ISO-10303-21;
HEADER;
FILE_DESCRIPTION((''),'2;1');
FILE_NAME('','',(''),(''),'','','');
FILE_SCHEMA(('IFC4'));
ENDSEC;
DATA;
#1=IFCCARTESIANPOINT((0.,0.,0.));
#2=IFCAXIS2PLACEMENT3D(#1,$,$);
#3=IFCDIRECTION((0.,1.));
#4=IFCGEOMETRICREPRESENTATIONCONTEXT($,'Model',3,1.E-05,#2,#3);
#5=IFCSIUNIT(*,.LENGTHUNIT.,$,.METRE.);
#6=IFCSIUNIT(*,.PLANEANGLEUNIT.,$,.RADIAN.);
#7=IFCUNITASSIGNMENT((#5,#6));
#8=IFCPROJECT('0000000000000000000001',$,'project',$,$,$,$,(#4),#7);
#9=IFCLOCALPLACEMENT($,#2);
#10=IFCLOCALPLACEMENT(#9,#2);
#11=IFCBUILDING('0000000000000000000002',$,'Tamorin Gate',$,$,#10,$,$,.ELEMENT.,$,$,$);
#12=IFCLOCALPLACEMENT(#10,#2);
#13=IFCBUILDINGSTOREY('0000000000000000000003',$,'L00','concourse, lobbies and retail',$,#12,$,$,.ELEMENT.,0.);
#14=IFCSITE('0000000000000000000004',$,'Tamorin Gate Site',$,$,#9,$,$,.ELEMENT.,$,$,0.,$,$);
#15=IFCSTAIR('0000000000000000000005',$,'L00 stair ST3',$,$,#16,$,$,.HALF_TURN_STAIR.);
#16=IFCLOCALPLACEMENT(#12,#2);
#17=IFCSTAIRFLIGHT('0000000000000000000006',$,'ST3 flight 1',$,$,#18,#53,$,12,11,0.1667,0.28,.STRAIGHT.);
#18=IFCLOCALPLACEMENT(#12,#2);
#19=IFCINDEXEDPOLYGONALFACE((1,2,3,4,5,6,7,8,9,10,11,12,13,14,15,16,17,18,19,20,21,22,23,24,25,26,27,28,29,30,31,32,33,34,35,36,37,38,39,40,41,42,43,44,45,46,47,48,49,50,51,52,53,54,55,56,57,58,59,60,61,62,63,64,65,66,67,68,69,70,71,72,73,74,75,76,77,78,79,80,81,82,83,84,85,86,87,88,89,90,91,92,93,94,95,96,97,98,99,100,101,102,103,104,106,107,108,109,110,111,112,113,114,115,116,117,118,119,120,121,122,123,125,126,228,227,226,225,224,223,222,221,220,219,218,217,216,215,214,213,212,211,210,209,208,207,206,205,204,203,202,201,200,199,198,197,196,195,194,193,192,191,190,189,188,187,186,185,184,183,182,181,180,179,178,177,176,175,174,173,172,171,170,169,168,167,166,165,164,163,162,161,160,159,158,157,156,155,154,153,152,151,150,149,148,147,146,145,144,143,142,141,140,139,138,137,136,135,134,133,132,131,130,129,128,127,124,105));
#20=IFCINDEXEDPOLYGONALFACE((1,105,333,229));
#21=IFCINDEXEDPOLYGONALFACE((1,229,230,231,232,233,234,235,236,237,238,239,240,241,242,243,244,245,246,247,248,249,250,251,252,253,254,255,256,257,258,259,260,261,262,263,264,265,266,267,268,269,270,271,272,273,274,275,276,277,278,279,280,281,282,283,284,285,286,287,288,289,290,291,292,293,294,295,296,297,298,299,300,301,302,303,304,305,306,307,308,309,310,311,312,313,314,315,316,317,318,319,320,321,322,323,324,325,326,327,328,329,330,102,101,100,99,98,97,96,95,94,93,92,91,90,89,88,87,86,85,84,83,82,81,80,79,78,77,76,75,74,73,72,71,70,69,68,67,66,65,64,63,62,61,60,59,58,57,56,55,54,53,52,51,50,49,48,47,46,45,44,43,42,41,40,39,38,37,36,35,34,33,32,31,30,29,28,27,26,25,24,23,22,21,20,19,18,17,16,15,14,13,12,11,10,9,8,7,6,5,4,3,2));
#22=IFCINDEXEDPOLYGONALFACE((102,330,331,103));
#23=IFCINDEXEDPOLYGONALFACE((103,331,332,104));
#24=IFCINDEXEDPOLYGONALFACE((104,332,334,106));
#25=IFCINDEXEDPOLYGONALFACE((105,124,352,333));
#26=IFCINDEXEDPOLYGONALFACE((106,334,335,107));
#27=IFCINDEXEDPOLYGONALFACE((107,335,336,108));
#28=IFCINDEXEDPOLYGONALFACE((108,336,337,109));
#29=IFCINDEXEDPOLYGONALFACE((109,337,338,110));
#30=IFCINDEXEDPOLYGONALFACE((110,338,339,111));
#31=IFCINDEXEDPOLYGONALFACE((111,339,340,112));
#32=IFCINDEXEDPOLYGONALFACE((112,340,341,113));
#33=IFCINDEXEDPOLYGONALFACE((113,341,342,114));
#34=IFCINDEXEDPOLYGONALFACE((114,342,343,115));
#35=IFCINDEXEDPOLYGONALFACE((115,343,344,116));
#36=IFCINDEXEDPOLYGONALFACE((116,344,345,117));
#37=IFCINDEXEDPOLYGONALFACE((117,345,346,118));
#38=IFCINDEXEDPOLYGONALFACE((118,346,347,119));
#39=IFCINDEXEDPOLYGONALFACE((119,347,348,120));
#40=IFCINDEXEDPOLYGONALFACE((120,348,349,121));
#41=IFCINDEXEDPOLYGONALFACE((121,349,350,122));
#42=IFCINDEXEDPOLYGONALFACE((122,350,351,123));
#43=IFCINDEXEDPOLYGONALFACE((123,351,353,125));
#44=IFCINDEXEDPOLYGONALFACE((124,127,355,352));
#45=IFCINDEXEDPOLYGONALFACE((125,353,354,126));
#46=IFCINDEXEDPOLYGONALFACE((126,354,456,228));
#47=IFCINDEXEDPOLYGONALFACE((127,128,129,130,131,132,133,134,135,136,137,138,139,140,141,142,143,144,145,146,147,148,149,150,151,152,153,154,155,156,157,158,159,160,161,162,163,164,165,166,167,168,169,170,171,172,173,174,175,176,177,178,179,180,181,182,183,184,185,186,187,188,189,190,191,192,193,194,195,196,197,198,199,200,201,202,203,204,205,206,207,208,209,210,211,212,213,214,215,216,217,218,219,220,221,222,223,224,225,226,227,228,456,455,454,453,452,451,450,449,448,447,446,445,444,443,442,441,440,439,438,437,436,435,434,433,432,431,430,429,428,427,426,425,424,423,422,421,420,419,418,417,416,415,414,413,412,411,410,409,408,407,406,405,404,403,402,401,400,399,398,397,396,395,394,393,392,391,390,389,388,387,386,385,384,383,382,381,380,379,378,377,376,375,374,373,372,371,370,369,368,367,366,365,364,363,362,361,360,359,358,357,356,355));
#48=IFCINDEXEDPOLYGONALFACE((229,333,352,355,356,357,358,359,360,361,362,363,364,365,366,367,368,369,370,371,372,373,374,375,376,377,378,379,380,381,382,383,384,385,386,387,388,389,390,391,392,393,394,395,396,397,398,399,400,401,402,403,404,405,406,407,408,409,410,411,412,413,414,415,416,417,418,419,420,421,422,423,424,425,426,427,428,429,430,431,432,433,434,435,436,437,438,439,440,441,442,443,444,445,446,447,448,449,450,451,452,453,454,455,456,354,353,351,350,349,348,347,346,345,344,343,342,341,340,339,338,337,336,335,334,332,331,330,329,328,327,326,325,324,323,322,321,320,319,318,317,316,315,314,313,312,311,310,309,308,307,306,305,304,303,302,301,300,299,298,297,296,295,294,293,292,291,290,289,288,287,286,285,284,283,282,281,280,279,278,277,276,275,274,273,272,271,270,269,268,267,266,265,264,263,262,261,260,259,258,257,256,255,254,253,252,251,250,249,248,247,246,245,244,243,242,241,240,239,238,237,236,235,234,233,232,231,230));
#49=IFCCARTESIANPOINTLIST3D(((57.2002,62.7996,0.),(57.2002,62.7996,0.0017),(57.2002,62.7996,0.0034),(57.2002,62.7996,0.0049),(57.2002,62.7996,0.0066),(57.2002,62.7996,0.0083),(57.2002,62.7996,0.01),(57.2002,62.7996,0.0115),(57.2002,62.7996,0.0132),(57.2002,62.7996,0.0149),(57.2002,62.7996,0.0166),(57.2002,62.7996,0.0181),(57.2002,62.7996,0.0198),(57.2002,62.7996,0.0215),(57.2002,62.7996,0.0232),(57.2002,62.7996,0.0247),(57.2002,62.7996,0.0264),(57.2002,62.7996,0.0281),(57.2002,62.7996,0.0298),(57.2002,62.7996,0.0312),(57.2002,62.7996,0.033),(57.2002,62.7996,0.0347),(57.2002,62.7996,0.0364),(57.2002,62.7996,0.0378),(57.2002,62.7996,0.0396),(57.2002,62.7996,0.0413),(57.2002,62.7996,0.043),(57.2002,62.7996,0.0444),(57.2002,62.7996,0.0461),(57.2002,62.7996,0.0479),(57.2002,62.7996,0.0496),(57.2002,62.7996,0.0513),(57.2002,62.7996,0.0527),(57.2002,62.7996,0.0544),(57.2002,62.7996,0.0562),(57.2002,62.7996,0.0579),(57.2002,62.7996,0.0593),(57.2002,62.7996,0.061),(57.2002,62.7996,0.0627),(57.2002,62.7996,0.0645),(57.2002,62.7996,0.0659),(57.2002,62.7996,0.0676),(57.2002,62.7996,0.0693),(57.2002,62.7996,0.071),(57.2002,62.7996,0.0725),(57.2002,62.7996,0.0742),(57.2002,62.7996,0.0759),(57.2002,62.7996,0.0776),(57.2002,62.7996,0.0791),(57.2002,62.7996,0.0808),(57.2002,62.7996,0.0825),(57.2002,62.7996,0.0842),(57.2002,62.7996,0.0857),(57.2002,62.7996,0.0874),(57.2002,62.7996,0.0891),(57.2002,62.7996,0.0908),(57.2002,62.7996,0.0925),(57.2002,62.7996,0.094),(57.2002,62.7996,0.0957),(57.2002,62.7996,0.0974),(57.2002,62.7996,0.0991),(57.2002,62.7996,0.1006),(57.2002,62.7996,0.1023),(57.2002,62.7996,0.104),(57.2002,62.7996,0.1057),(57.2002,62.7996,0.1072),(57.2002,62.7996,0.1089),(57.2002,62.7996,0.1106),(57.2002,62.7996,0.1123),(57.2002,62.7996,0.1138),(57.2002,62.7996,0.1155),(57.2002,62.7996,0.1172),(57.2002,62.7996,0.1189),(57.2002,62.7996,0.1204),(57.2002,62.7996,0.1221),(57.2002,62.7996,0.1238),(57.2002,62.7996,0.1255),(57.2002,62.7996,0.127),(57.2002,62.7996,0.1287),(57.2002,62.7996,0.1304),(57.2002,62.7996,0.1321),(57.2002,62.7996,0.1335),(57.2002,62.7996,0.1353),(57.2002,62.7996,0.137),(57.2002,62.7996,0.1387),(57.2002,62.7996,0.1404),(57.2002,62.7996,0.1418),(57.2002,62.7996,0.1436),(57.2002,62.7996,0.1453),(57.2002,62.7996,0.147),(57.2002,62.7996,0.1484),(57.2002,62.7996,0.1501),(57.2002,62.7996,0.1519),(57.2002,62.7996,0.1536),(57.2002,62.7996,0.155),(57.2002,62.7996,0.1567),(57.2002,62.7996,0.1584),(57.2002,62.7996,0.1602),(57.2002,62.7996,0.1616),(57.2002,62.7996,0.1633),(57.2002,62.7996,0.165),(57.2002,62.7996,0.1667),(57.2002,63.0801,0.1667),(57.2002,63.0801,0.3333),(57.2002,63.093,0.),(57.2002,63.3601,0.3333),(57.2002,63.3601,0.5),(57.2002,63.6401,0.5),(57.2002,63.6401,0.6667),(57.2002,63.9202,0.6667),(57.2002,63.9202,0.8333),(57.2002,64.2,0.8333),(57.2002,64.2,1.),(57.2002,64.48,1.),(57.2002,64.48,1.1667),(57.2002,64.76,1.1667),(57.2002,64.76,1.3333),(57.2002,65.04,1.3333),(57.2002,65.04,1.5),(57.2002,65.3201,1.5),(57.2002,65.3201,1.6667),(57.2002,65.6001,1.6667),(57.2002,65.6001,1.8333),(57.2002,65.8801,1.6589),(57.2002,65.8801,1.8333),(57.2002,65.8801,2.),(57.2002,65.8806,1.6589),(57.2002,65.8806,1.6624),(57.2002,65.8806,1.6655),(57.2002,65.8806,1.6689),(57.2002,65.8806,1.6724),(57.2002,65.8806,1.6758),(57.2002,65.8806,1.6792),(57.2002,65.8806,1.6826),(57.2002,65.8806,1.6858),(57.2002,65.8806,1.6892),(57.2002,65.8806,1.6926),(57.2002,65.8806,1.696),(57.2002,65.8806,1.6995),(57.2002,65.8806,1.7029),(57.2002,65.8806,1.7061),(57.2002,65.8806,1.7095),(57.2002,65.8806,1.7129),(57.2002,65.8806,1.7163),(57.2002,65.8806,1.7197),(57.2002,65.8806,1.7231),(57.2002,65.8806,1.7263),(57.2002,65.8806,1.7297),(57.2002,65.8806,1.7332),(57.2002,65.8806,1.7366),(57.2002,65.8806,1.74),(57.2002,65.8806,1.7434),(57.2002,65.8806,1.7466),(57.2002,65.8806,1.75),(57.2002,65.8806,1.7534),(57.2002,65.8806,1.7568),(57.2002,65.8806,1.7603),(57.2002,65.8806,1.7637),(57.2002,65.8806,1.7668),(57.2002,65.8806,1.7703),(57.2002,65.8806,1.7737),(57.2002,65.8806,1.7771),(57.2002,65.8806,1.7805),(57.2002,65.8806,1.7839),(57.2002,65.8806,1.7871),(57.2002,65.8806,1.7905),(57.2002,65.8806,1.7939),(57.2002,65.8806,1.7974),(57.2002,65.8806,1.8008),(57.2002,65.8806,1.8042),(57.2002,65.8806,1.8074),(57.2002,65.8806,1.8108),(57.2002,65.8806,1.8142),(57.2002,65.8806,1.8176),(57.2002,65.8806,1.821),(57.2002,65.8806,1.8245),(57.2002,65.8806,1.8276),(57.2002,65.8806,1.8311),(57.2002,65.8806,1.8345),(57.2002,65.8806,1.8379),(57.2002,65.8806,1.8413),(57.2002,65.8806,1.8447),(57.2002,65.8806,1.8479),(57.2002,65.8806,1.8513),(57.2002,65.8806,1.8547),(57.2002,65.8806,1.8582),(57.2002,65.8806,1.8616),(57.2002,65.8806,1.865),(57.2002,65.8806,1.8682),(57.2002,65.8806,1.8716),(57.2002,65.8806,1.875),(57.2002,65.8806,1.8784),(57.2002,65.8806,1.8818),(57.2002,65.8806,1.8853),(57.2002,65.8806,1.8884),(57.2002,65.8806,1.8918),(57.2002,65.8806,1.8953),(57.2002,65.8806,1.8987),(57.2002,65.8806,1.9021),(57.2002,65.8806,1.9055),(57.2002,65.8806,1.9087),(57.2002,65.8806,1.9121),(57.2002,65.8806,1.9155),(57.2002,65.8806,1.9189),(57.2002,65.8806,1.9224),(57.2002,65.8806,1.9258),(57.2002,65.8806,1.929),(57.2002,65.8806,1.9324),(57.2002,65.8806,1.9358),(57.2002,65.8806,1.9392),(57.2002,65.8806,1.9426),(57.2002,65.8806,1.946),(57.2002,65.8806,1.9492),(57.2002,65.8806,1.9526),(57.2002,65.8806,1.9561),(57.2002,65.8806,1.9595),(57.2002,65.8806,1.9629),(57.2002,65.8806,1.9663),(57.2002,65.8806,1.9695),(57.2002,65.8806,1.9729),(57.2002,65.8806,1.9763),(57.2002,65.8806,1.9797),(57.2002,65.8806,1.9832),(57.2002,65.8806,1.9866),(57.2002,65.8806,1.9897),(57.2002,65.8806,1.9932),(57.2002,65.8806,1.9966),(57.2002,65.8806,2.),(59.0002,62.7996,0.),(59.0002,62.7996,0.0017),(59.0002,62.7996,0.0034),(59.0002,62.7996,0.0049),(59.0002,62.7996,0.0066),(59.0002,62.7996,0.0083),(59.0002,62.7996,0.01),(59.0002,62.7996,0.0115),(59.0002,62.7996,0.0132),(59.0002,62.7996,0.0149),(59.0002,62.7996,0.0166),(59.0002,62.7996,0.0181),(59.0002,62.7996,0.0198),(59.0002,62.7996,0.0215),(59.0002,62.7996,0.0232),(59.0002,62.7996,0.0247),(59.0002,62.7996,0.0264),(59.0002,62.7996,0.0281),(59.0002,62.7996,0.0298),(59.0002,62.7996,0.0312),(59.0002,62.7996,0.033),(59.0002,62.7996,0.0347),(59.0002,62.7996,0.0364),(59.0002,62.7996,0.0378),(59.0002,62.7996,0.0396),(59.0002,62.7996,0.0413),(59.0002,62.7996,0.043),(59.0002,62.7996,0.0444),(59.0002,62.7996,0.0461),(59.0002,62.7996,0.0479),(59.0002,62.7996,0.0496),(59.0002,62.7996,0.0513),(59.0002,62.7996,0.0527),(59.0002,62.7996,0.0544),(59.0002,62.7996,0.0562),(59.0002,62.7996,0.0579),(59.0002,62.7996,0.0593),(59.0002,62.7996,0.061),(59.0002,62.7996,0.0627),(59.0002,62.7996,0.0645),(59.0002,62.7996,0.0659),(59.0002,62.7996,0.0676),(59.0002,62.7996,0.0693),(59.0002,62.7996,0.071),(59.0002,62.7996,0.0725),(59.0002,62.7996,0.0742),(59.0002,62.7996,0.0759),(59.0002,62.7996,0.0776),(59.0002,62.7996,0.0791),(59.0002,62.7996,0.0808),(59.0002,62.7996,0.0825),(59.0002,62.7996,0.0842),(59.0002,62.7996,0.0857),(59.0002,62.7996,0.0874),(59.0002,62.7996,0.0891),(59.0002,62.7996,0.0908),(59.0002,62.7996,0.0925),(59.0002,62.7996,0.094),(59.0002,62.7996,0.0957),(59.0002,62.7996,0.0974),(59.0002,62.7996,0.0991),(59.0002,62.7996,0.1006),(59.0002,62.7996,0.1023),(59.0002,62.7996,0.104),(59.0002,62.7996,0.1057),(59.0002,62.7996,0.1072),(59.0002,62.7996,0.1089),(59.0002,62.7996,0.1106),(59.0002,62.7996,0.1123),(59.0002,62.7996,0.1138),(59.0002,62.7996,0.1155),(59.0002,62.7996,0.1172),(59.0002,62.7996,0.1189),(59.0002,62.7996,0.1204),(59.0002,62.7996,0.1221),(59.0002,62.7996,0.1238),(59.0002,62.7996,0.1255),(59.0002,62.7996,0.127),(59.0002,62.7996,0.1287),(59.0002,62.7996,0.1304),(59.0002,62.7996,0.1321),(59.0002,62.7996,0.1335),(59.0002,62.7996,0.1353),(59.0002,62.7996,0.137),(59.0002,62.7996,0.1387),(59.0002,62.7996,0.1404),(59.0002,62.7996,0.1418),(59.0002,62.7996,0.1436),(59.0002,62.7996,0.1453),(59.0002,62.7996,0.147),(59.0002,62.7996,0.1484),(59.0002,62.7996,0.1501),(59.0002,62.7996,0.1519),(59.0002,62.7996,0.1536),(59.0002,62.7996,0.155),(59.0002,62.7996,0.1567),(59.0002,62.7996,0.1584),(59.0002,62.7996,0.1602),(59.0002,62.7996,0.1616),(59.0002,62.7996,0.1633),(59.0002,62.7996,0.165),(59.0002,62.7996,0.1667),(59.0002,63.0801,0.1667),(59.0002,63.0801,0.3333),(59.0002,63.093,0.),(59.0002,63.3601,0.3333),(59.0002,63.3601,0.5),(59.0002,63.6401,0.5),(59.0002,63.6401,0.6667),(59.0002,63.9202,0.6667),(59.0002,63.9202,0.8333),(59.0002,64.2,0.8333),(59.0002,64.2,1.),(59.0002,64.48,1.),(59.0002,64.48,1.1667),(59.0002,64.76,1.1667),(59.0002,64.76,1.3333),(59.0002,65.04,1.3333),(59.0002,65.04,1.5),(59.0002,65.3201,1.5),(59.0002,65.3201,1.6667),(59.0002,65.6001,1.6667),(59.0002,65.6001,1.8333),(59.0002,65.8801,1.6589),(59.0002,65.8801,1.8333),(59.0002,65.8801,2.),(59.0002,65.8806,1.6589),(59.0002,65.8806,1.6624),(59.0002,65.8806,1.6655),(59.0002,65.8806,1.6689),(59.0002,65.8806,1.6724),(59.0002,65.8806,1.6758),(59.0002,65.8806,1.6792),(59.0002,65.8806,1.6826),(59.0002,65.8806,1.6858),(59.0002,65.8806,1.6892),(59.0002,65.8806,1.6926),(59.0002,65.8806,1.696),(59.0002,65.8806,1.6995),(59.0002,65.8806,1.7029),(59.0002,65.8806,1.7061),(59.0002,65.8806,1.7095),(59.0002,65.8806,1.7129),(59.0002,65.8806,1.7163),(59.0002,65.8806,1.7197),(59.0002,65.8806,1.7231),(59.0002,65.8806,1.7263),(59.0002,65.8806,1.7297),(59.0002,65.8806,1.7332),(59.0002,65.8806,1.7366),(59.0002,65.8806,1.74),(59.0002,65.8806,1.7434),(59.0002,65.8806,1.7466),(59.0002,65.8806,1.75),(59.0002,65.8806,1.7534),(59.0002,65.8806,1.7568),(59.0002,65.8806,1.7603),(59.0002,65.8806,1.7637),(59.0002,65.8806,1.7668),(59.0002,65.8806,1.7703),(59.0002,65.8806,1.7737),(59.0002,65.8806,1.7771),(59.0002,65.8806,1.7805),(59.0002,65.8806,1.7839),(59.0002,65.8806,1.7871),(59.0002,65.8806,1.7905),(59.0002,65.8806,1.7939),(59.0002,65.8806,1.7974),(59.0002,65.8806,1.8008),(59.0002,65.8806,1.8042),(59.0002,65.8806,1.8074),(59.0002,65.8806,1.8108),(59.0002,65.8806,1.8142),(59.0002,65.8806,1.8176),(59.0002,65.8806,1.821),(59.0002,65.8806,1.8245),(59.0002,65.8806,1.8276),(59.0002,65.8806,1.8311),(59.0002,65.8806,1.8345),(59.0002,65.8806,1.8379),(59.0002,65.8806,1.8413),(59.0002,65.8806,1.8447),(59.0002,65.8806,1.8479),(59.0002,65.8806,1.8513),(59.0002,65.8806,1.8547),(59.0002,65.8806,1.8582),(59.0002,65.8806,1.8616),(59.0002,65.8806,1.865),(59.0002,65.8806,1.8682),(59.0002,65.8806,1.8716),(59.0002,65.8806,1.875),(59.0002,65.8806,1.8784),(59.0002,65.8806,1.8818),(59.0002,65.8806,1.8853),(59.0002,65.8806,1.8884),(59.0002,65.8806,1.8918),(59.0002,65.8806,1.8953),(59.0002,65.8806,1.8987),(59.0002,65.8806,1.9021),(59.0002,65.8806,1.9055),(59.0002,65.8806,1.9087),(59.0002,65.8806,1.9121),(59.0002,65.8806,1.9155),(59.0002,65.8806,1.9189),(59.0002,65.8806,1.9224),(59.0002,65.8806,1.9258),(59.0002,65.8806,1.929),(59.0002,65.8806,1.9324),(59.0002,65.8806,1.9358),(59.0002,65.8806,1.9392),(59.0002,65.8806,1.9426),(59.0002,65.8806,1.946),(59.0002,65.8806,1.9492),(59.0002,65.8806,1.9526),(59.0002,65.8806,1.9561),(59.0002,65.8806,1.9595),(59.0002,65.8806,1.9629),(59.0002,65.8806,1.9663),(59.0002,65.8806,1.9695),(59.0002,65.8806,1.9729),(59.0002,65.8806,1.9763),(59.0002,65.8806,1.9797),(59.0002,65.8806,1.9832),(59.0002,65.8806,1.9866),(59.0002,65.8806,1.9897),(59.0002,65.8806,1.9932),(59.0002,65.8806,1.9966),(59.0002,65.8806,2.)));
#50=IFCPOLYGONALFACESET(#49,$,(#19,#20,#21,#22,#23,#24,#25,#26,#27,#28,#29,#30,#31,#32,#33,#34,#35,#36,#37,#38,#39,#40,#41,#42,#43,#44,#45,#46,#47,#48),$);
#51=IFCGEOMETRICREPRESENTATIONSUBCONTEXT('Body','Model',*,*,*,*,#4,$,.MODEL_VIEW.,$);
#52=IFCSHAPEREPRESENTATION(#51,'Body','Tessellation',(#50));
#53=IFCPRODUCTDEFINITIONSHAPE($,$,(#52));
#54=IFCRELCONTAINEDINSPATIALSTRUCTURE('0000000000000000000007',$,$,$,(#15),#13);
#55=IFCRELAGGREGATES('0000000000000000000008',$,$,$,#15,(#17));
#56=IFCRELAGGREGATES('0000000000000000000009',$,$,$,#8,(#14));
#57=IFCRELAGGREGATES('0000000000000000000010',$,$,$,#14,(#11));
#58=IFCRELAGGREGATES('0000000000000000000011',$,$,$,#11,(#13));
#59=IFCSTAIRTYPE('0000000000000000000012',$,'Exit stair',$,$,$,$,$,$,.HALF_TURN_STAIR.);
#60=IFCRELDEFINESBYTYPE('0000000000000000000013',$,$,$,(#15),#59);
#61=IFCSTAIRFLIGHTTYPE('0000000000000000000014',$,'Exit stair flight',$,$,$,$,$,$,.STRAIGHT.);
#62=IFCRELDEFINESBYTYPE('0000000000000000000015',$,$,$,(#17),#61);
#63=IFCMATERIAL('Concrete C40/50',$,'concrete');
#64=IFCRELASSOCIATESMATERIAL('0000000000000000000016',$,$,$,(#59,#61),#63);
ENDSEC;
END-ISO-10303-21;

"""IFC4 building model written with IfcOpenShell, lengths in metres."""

from ifc_helpers import new_model, si_unit, direction, frame, origin, place, context, subcontext, project, spatial, polyline, outline, extrude, material, type_object, element, aggregate, save


model = new_model("IFC4")

# Units and contexts
model_context = context("Model", 3, precision=1e-05, world=origin(), true_north=direction((0.0, 1.0)))
body_context = subcontext(model_context, "Body", "Model", "MODEL_VIEW")
ifc_project = project(units=[si_unit("LENGTHUNIT", "METRE"), si_unit("PLANEANGLEUNIT", "RADIAN")], contexts=[model_context])

# Site, building, storey
site_placement = place(None, origin())
site = spatial("IfcSite", under=ifc_project, at=site_placement, Name="Tamorin Gate Site", CompositionType="ELEMENT", RefElevation=0.0)
building_placement = place(site_placement, origin())
building = spatial("IfcBuilding", under=site, at=building_placement, Name="Tamorin Gate", CompositionType="ELEMENT")
storey_placement = place(building_placement, origin())
storey = spatial("IfcBuildingStorey", under=building, at=storey_placement, Name="L00", Description="concourse, lobbies and retail", CompositionType="ELEMENT", Elevation=0.0)

# Shared definitions
ifc_material_1 = material(Name="Concrete C40/50", Category="concrete")

# Stair, stair flight
stair_type = type_object("IfcStairType", Name="Exit stair", PredefinedType="HALF_TURN_STAIR", material=ifc_material_1)
stair_placement = place(storey_placement, origin())
stair = element("IfcStair", 1, at=stair_placement, inside=storey, type_object=stair_type, Name="L00 stair ST3", PredefinedType="HALF_TURN_STAIR")
stair_flight_type = type_object("IfcStairFlightType", Name="Exit stair flight", PredefinedType="STRAIGHT", material=ifc_material_1)
stair_flight_1_placement = place(storey_placement, frame((58.1001, 62.8, 0.0), z_axis=(0.0, 0.0, 1.0), x_axis=(0.0, 1.0, 0.0)))
stair_flight_1 = element("IfcStairFlight", 2, at=stair_flight_1_placement, type_object=stair_flight_type, Name="ST3 flight 1", NumberOfRisers=12, NumberOfTreads=11, PredefinedType="STRAIGHT", RiserHeight=0.1667, TreadLength=0.28, context=body_context, shape_type="SweptSolid", body=[
    extrude(outline(polyline([(-0.0005, 0.0), (-0.0005, 0.0017), (-0.0005, 0.0034), (-0.0005, 0.0049), (-0.0005, 0.0066), (-0.0005, 0.0083), (-0.0005, 0.01), (-0.0005, 0.0115), (-0.0005, 0.0132), (-0.0005, 0.0149), (-0.0005, 0.0166), (-0.0005, 0.0181), (-0.0005, 0.0198), (-0.0005, 0.0215), (-0.0005, 0.0232), (-0.0005, 0.0247), (-0.0005, 0.0264), (-0.0005, 0.0281), (-0.0005, 0.0298), (-0.0005, 0.0312), (-0.0005, 0.033), (-0.0005, 0.0347), (-0.0005, 0.0364), (-0.0005, 0.0378), (-0.0005, 0.0396), (-0.0005, 0.0413), (-0.0005, 0.043), (-0.0005, 0.0444), (-0.0005, 0.0461), (-0.0005, 0.0479), (-0.0005, 0.0496), (-0.0005, 0.0513), (-0.0005, 0.0527), (-0.0005, 0.0544), (-0.0005, 0.0562), (-0.0005, 0.0579), (-0.0005, 0.0593), (-0.0005, 0.061), (-0.0005, 0.0627), (-0.0005, 0.0645), (-0.0005, 0.0659), (-0.0005, 0.0676), (-0.0005, 0.0693), (-0.0005, 0.071), (-0.0005, 0.0725), (-0.0005, 0.0742), (-0.0005, 0.0759), (-0.0005, 0.0776), (-0.0005, 0.0791), (-0.0005, 0.0808), (-0.0005, 0.0825), (-0.0005, 0.0842), (-0.0005, 0.0857), (-0.0005, 0.0874), (-0.0005, 0.0891), (-0.0005, 0.0908), (-0.0005, 0.0925), (-0.0005, 0.094), (-0.0005, 0.0957), (-0.0005, 0.0974), (-0.0005, 0.0991), (-0.0005, 0.1006), (-0.0005, 0.1023), (-0.0005, 0.104), (-0.0005, 0.1057), (-0.0005, 0.1072), (-0.0005, 0.1089), (-0.0005, 0.1106), (-0.0005, 0.1123), (-0.0005, 0.1138), (-0.0005, 0.1155), (-0.0005, 0.1172), (-0.0005, 0.1189), (-0.0005, 0.1204), (-0.0005, 0.1221), (-0.0005, 0.1238), (-0.0005, 0.1255), (-0.0005, 0.127), (-0.0005, 0.1287), (-0.0005, 0.1304), (-0.0005, 0.1321), (-0.0005, 0.1335), (-0.0005, 0.1353), (-0.0005, 0.137), (-0.0005, 0.1387), (-0.0005, 0.1404), (-0.0005, 0.1418), (-0.0005, 0.1436), (-0.0005, 0.1453), (-0.0005, 0.147), (-0.0005, 0.1484), (-0.0005, 0.1501), (-0.0005, 0.1519), (-0.0005, 0.1536), (-0.0005, 0.155), (-0.0005, 0.1567), (-0.0005, 0.1584), (-0.0005, 0.1602), (-0.0005, 0.1616), (-0.0005, 0.1633), (-0.0005, 0.165), (-0.0005, 0.1667), (0.28, 0.1667), (0.28, 0.3333), (0.5601, 0.3333), (0.5601, 0.5), (0.8401, 0.5), (0.8401, 0.6667), (1.1201, 0.6667), (1.1201, 0.8333), (1.3999, 0.8333), (1.3999, 1.0), (1.6799, 1.0), (1.6799, 1.1667), (1.96, 1.1667), (1.96, 1.3333), (2.24, 1.3333), (2.24, 1.5), (2.52, 1.5), (2.52, 1.6667), (2.8, 1.6667), (2.8, 1.8333), (3.0801, 1.8333), (3.0801, 2.0), (3.0806, 2.0), (3.0806, 1.9966), (3.0806, 1.9932), (3.0806, 1.9897), (3.0806, 1.9866), (3.0806, 1.9832), (3.0806, 1.9797), (3.0806, 1.9763), (3.0806, 1.9729), (3.0806, 1.9695), (3.0806, 1.9663), (3.0806, 1.9629), (3.0806, 1.9595), (3.0806, 1.9561), (3.0806, 1.9526), (3.0806, 1.9492), (3.0806, 1.946), (3.0806, 1.9426), (3.0806, 1.9392), (3.0806, 1.9358), (3.0806, 1.9324), (3.0806, 1.929), (3.0806, 1.9258), (3.0806, 1.9224), (3.0806, 1.9189), (3.0806, 1.9155), (3.0806, 1.9121), (3.0806, 1.9087), (3.0806, 1.9055), (3.0806, 1.9021), (3.0806, 1.8987), (3.0806, 1.8953), (3.0806, 1.8918), (3.0806, 1.8884), (3.0806, 1.8853), (3.0806, 1.8818), (3.0806, 1.8784), (3.0806, 1.875), (3.0806, 1.8716), (3.0806, 1.8682), (3.0806, 1.865), (3.0806, 1.8616), (3.0806, 1.8582), (3.0806, 1.8547), (3.0806, 1.8513), (3.0806, 1.8479), (3.0806, 1.8447), (3.0806, 1.8413), (3.0806, 1.8379), (3.0806, 1.8345), (3.0806, 1.8311), (3.0806, 1.8276), (3.0806, 1.8245), (3.0806, 1.821), (3.0806, 1.8176), (3.0806, 1.8142), (3.0806, 1.8108), (3.0806, 1.8074), (3.0806, 1.8042), (3.0806, 1.8008), (3.0806, 1.7974), (3.0806, 1.7939), (3.0806, 1.7905), (3.0806, 1.7871), (3.0806, 1.7839), (3.0806, 1.7805), (3.0806, 1.7771), (3.0806, 1.7737), (3.0806, 1.7703), (3.0806, 1.7668), (3.0806, 1.7637), (3.0806, 1.7603), (3.0806, 1.7568), (3.0806, 1.7534), (3.0806, 1.75), (3.0806, 1.7466), (3.0806, 1.7434), (3.0806, 1.74), (3.0806, 1.7366), (3.0806, 1.7332), (3.0806, 1.7297), (3.0806, 1.7263), (3.0806, 1.7231), (3.0806, 1.7197), (3.0806, 1.7163), (3.0806, 1.7129), (3.0806, 1.7095), (3.0806, 1.7061), (3.0806, 1.7029), (3.0806, 1.6995), (3.0806, 1.696), (3.0806, 1.6926), (3.0806, 1.6892), (3.0806, 1.6858), (3.0806, 1.6826), (3.0806, 1.6792), (3.0806, 1.6758), (3.0806, 1.6724), (3.0806, 1.6689), (3.0806, 1.6655), (3.0806, 1.6624), (3.0806, 1.6589), (3.0801, 1.6589), (0.293, 0.0), (-0.0005, 0.0)])), frame((0.0, 0.8999, 0.0), z_axis=(0.0, -1.0, 0.0), x_axis=(1.0, 0.0, 0.0)), (0.0, 0.0, 1.0), 1.8),
])
aggregate(stair, [stair_flight_1])

save(model, "model.ifc")
